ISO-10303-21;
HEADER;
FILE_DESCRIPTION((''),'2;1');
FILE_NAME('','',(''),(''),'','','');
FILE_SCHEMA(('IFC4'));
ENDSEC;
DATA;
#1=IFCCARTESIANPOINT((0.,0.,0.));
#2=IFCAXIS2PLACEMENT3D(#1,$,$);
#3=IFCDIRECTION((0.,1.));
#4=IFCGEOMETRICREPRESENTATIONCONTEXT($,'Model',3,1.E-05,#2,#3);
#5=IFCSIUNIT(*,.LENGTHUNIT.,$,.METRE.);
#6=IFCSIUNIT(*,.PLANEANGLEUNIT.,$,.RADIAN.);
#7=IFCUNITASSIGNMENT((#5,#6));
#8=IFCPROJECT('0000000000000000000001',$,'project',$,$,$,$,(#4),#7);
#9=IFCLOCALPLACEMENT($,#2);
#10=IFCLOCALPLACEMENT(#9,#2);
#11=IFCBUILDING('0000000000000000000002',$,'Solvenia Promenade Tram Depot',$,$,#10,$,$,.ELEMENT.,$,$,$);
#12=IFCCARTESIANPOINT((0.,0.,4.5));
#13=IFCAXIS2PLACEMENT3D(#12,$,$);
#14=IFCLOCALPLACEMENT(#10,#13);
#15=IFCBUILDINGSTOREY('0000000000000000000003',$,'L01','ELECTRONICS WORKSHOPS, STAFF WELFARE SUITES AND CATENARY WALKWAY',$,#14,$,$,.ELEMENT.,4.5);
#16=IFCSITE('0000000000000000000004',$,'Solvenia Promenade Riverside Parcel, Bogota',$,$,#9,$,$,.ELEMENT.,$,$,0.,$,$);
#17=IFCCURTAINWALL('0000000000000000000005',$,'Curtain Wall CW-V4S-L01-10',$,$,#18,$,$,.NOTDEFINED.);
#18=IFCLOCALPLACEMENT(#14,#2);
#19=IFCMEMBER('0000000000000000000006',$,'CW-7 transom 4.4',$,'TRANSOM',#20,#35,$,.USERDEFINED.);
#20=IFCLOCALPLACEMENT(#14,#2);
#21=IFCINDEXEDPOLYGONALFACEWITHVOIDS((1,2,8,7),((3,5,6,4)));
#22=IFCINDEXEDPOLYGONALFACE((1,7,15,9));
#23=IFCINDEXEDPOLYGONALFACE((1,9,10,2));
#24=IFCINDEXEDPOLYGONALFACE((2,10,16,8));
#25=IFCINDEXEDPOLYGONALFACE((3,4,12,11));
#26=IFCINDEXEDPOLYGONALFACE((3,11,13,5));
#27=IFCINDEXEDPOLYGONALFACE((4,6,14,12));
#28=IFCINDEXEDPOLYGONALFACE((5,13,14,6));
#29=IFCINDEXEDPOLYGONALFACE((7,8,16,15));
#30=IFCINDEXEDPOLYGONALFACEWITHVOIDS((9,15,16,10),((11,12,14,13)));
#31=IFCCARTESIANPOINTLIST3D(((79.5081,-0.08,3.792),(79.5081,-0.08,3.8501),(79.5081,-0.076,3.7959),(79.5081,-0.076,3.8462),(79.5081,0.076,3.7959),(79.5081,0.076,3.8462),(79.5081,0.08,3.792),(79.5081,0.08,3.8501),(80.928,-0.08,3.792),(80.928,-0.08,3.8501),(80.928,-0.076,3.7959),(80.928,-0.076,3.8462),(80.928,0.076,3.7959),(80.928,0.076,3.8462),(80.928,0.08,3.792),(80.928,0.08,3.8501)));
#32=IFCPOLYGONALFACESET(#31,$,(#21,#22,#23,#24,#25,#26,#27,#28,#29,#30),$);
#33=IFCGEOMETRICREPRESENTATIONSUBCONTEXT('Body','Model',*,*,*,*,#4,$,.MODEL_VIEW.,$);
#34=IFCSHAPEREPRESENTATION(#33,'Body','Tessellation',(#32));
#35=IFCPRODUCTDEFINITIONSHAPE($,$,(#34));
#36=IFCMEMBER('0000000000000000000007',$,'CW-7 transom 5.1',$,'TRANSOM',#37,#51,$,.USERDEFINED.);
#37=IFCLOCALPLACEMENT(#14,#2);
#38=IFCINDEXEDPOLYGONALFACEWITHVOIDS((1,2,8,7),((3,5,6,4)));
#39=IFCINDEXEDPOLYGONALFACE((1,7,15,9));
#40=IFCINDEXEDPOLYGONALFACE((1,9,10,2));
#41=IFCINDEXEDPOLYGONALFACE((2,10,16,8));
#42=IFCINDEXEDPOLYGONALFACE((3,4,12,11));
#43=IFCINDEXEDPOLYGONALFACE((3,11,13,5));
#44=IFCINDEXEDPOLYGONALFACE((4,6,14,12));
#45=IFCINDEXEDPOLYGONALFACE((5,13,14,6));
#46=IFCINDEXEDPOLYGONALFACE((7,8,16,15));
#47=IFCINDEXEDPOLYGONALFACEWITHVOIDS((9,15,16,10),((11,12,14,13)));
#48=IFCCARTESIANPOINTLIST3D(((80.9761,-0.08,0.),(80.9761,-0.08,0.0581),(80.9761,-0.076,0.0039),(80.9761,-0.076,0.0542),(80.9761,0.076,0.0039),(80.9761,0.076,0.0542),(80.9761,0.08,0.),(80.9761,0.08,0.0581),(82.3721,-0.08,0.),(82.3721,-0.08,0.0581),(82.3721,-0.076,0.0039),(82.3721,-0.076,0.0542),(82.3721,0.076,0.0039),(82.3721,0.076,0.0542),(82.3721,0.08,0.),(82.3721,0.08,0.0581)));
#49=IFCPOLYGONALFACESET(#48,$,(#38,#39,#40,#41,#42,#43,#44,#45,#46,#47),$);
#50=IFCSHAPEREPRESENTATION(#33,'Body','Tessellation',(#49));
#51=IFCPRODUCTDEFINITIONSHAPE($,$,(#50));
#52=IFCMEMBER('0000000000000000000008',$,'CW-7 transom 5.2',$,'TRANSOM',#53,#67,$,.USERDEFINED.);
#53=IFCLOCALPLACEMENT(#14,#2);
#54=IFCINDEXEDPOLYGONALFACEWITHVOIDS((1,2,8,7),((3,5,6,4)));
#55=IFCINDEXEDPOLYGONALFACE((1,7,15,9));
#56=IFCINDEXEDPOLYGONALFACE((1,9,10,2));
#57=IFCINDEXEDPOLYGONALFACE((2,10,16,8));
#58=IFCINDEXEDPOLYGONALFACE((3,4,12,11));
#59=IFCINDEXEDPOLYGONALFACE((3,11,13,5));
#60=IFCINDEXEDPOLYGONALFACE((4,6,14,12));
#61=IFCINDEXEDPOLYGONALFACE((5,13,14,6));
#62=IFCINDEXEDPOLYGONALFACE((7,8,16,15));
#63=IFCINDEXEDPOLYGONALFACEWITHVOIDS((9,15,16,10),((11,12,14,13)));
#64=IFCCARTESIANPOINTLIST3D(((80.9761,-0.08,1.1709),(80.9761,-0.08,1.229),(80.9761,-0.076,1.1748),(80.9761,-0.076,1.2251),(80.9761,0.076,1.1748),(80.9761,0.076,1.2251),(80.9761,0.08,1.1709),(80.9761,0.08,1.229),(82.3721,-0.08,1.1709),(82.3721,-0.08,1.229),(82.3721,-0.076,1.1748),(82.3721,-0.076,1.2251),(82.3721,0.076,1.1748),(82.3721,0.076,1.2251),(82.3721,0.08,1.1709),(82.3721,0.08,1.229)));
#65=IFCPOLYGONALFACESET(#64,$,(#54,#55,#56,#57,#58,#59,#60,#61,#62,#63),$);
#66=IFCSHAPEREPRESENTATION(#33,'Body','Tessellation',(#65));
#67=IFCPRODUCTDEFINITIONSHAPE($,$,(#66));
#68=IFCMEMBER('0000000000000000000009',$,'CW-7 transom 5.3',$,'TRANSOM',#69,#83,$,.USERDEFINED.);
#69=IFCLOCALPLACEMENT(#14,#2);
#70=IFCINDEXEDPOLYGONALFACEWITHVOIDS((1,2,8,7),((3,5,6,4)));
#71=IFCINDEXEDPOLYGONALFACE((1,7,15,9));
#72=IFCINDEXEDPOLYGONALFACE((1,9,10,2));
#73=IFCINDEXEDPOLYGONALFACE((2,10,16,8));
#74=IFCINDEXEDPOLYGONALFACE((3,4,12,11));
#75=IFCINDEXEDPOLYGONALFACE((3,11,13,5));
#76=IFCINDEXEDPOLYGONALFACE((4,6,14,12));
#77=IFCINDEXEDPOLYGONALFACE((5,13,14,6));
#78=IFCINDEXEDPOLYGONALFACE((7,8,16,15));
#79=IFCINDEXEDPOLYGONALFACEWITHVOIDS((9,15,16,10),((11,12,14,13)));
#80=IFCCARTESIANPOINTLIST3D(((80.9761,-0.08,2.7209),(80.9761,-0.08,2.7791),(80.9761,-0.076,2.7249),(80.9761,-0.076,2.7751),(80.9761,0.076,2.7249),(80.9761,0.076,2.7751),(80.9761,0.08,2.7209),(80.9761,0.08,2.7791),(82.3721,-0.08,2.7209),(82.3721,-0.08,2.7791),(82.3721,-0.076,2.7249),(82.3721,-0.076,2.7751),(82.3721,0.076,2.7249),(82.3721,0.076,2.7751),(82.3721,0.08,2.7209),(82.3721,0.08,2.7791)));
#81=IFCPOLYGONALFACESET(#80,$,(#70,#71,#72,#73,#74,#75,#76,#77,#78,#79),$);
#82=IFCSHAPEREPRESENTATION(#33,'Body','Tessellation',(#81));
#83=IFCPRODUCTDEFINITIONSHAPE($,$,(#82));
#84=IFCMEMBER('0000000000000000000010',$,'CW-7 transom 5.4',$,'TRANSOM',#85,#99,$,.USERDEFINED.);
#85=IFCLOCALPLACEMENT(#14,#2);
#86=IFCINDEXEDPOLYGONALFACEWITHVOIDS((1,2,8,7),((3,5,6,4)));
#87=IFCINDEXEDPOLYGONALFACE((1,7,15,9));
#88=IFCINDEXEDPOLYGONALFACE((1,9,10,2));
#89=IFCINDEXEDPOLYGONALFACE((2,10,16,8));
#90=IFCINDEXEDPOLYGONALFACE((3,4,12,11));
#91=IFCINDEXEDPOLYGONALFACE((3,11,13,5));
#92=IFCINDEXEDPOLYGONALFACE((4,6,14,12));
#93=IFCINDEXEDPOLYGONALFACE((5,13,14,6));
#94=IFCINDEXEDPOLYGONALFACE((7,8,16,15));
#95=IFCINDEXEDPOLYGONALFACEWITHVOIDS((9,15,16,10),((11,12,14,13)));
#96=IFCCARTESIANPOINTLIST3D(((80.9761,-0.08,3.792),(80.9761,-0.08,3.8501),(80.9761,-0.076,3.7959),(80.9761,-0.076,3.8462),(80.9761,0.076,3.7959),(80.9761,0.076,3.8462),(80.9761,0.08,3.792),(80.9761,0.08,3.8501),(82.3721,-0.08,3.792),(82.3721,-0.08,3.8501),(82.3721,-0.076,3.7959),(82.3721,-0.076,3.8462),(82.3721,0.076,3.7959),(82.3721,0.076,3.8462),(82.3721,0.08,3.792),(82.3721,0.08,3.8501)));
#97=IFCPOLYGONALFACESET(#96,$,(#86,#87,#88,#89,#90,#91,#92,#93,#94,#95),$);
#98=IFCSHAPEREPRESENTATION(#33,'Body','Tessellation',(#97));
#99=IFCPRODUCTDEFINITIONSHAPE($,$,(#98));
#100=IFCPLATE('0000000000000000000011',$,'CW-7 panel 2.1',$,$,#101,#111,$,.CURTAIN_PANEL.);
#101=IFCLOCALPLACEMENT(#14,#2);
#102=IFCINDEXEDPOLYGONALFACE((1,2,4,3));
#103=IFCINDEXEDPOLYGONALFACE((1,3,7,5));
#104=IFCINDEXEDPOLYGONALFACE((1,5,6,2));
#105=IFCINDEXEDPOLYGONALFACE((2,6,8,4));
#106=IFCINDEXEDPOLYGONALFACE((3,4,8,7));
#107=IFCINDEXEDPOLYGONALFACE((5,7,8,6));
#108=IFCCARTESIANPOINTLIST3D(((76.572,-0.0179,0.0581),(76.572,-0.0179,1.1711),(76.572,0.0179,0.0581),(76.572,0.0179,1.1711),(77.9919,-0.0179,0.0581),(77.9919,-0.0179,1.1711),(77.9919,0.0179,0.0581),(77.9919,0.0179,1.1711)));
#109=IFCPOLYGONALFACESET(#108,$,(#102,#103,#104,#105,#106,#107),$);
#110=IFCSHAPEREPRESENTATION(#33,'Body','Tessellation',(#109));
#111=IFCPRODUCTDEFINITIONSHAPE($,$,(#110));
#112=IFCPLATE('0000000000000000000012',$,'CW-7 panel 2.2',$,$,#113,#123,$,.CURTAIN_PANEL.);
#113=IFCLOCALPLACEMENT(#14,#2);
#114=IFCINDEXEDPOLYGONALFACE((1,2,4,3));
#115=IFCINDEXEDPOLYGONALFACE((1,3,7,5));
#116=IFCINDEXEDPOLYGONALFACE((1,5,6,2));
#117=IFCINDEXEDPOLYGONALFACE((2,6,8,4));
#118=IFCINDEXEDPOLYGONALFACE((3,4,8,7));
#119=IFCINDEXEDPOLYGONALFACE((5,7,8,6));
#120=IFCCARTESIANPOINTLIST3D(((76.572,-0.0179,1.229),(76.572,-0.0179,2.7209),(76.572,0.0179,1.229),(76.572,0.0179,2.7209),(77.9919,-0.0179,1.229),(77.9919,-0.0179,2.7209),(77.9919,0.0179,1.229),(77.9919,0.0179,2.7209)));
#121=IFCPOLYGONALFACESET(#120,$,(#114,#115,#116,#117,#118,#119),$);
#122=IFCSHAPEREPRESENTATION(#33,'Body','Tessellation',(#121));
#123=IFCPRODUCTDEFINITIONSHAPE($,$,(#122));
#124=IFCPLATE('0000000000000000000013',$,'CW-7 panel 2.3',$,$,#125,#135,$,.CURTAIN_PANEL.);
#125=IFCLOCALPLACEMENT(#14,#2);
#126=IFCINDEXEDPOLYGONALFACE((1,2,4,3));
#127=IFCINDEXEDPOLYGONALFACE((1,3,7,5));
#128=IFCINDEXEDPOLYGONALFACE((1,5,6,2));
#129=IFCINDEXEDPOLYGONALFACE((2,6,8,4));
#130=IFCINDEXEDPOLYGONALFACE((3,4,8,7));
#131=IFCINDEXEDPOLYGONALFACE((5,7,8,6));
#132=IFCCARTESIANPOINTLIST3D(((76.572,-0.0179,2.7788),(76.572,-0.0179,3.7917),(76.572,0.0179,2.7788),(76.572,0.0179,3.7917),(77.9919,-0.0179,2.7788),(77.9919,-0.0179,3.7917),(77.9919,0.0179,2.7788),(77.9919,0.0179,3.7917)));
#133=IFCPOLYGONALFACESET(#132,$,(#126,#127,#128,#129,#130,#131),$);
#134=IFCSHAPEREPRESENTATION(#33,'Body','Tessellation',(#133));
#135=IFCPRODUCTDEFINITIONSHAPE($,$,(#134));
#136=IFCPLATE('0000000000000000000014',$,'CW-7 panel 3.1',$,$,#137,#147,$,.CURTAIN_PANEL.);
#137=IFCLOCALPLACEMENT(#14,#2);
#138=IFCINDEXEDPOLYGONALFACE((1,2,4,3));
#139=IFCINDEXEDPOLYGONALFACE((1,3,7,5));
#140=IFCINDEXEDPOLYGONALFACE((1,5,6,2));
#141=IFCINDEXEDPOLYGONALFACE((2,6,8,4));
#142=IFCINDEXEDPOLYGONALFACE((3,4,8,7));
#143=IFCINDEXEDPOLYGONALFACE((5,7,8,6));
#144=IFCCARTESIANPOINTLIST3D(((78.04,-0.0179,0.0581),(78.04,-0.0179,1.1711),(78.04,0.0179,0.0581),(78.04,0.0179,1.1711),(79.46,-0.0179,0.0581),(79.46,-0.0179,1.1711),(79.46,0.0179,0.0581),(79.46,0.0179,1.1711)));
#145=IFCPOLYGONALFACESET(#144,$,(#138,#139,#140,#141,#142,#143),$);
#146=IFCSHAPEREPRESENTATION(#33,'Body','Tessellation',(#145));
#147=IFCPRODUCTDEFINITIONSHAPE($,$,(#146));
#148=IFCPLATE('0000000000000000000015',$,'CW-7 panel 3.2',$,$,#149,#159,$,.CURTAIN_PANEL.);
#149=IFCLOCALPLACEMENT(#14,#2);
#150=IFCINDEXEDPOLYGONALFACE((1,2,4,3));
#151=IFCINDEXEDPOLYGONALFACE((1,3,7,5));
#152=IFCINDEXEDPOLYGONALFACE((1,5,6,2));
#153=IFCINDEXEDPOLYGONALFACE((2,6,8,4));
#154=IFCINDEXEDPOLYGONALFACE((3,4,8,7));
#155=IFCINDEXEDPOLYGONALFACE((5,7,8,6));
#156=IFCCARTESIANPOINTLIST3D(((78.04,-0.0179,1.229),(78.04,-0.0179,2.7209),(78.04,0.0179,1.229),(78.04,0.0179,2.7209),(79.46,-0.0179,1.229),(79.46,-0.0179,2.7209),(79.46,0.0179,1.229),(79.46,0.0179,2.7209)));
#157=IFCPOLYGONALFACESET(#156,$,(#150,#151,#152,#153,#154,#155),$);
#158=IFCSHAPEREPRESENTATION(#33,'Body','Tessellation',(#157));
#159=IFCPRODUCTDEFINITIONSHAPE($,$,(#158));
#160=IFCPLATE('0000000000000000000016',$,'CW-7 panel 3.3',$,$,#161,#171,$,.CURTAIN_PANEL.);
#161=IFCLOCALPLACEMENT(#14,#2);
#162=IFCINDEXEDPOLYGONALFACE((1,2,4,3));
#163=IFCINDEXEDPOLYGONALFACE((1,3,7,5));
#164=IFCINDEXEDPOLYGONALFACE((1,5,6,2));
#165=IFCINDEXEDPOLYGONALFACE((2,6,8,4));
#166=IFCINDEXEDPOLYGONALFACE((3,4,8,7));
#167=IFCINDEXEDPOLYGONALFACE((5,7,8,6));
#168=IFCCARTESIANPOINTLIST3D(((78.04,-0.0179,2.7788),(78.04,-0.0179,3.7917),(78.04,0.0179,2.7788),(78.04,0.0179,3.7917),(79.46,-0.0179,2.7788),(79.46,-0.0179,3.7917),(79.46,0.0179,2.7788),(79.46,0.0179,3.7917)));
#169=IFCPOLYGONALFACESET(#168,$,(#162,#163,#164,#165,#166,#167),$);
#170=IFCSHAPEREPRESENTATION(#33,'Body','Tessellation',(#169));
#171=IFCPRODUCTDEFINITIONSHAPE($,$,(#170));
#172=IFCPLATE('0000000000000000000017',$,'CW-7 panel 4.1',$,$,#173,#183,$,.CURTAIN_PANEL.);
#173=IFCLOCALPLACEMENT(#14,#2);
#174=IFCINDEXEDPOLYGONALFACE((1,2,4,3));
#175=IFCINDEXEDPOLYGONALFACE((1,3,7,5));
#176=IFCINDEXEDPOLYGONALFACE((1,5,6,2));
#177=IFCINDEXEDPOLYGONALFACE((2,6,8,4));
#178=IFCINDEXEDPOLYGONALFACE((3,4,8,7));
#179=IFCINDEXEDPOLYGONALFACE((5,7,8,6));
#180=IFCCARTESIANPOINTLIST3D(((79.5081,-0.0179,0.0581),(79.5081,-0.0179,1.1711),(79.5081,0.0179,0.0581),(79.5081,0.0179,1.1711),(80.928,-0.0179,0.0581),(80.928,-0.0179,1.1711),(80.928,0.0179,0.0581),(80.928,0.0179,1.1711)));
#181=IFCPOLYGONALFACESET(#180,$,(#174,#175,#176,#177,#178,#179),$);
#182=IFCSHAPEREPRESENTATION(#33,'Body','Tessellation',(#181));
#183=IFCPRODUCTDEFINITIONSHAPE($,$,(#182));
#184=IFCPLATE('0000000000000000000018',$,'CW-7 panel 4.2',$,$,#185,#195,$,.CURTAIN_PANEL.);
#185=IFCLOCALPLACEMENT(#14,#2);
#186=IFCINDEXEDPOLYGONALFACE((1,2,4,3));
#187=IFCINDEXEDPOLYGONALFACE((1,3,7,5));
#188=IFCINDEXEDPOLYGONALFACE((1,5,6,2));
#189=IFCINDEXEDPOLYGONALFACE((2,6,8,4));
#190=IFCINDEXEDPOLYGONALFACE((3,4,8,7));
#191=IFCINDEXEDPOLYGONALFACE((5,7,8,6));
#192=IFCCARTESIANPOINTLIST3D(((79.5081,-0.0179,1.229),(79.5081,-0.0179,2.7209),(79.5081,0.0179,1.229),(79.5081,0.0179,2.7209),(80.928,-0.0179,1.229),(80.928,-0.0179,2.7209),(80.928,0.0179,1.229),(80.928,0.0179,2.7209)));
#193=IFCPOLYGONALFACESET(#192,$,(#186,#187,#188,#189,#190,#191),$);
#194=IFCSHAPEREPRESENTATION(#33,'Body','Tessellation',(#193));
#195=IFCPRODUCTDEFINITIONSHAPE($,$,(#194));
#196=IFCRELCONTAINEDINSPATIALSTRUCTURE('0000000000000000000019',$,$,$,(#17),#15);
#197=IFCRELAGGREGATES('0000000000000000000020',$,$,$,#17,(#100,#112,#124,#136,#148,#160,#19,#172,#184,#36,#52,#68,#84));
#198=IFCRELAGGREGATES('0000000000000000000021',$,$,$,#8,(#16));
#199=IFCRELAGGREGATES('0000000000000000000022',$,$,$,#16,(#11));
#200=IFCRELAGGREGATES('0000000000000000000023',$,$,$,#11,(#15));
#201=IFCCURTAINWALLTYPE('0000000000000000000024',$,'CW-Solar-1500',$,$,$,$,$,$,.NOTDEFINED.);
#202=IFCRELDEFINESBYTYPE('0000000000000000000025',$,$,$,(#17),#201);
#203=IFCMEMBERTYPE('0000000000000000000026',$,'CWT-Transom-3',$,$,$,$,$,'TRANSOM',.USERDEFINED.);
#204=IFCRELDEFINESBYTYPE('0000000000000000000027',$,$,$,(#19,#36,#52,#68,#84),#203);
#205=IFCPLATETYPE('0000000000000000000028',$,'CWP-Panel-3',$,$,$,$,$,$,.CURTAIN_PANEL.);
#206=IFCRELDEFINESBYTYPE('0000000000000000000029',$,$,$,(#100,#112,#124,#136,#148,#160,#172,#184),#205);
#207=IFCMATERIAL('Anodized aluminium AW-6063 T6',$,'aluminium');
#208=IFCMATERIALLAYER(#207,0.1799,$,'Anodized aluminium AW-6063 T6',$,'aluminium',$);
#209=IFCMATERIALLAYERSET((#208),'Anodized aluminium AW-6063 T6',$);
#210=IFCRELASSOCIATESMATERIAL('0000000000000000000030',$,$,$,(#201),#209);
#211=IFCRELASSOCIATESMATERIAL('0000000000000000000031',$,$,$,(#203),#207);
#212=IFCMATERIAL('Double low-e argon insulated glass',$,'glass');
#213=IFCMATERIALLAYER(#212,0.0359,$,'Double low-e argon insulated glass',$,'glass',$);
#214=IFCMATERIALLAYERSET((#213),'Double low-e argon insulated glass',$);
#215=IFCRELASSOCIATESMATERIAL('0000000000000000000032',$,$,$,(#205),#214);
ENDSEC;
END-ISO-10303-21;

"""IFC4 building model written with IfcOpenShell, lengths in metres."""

from ifc_helpers import new_model, si_unit, direction, frame, origin, origin_2d, place, context, subcontext, project, spatial, rectangle, hollow_rectangle, extrude, material, layer, layer_set, material_profile, profile_set, type_object, element, aggregate, save


model = new_model("IFC4")

# Units and contexts
model_context = context("Model", 3, precision=1e-05, world=origin(), true_north=direction((0.0, 1.0)))
body_context = subcontext(model_context, "Body", "Model", "MODEL_VIEW")
ifc_project = project(units=[si_unit("LENGTHUNIT", "METRE"), si_unit("PLANEANGLEUNIT", "RADIAN")], contexts=[model_context])

# Site, building, storey
site_placement = place(None, origin())
site = spatial("IfcSite", under=ifc_project, at=site_placement, Name="Solvenia Promenade Riverside Parcel, Bogota", CompositionType="ELEMENT", RefElevation=0.0)
building_placement = place(site_placement, origin())
building = spatial("IfcBuilding", under=site, at=building_placement, Name="Solvenia Promenade Tram Depot", CompositionType="ELEMENT")
storey_placement = place(building_placement, frame((0.0, 0.0, 4.5)))
storey = spatial("IfcBuildingStorey", under=building, at=storey_placement, Name="L01", Description="ELECTRONICS WORKSHOPS, STAFF WELFARE SUITES AND CATENARY WALKWAY", CompositionType="ELEMENT", Elevation=4.5)

# Curtain wall, members, plates
ifc_material_1 = material(Name="Anodized aluminium AW-6063 T6", Category="aluminium")
ifc_layer_1 = layer(ifc_material_1, 0.1799, Name="Anodized aluminium AW-6063 T6", Category="aluminium")
ifc_layer_set_1 = layer_set([ifc_layer_1], Name="Anodized aluminium AW-6063 T6")
curtain_wall_type = type_object("IfcCurtainWallType", Name="CW-Solar-1500", PredefinedType="NOTDEFINED", material=ifc_layer_set_1)
curtain_wall_placement = place(storey_placement, origin())
curtain_wall = element("IfcCurtainWall", 1, at=curtain_wall_placement, inside=storey, type_object=curtain_wall_type, Name="Curtain Wall CW-V4S-L01-10", PredefinedType="NOTDEFINED")
ifc_material_profile_1 = material_profile(ifc_material_1, hollow_rectangle(XDim=0.1599, YDim=0.0581, WallThickness=0.0039, at=origin_2d()), Name="ALU-T3", Category="aluminium")
ifc_profile_set_1 = profile_set([ifc_material_profile_1], Name="Anodized aluminium AW-6063 T6")
member_type_1 = type_object("IfcMemberType", Name="CWT-Transom-3", ElementType="TRANSOM", PredefinedType="USERDEFINED", material=ifc_profile_set_1)
member_1_placement = place(storey_placement, frame((79.5081, 0.0, 3.821), z_axis=(1.0, 0.0, 0.0), x_axis=(0.0, 1.0, 0.0)))
member_1 = element("IfcMember", 2, at=member_1_placement, type_object=member_type_1, Name="CW-7 transom 4.4", ObjectType="TRANSOM", PredefinedType="USERDEFINED", context=body_context, shape_type="SweptSolid", body=[
    extrude(hollow_rectangle(XDim=0.1599, YDim=0.0581, WallThickness=0.0039, at=origin_2d()), origin(), (0.0, 0.0, 1.0), 1.4199),
])
member_2_placement = place(storey_placement, frame((80.9761, 0.0, 0.0291), z_axis=(1.0, 0.0, 0.0), x_axis=(0.0, 1.0, 0.0)))
member_2 = element("IfcMember", 3, at=member_2_placement, type_object=member_type_1, Name="CW-7 transom 5.1", ObjectType="TRANSOM", PredefinedType="USERDEFINED", context=body_context, shape_type="SweptSolid", body=[
    extrude(hollow_rectangle(XDim=0.1599, YDim=0.0581, WallThickness=0.0039, at=origin_2d()), origin(), (0.0, 0.0, 1.0), 1.396),
])
member_3_placement = place(storey_placement, frame((80.9761, 0.0, 1.2), z_axis=(1.0, 0.0, 0.0), x_axis=(0.0, 1.0, 0.0)))
member_3 = element("IfcMember", 4, at=member_3_placement, type_object=member_type_1, Name="CW-7 transom 5.2", ObjectType="TRANSOM", PredefinedType="USERDEFINED", context=body_context, shape_type="SweptSolid", body=[
    extrude(hollow_rectangle(XDim=0.1599, YDim=0.0581, WallThickness=0.0039, at=origin_2d()), origin(), (0.0, 0.0, 1.0), 1.396),
])
member_4_placement = place(storey_placement, frame((80.9761, 0.0, 2.75), z_axis=(1.0, 0.0, 0.0), x_axis=(0.0, 1.0, 0.0)))
member_4 = element("IfcMember", 5, at=member_4_placement, type_object=member_type_1, Name="CW-7 transom 5.3", ObjectType="TRANSOM", PredefinedType="USERDEFINED", context=body_context, shape_type="SweptSolid", body=[
    extrude(hollow_rectangle(XDim=0.1599, YDim=0.0581, WallThickness=0.0039, at=origin_2d()), origin(), (0.0, 0.0, 1.0), 1.396),
])
member_5_placement = place(storey_placement, frame((80.9761, 0.0, 3.821), z_axis=(1.0, 0.0, 0.0), x_axis=(0.0, 1.0, 0.0)))
member_5 = element("IfcMember", 6, at=member_5_placement, type_object=member_type_1, Name="CW-7 transom 5.4", ObjectType="TRANSOM", PredefinedType="USERDEFINED", context=body_context, shape_type="SweptSolid", body=[
    extrude(hollow_rectangle(XDim=0.1599, YDim=0.0581, WallThickness=0.0039, at=origin_2d()), origin(), (0.0, 0.0, 1.0), 1.396),
])
ifc_material_2 = material(Name="Double low-e argon insulated glass", Category="glass")
ifc_layer_2 = layer(ifc_material_2, 0.0359, Name="Double low-e argon insulated glass", Category="glass")
ifc_layer_set_2 = layer_set([ifc_layer_2], Name="Double low-e argon insulated glass")
plate_type = type_object("IfcPlateType", Name="CWP-Panel-3", PredefinedType="CURTAIN_PANEL", material=ifc_layer_set_2)
plate_1_placement = place(storey_placement, frame((77.282, 0.0, 0.0581), z_axis=(0.0, 0.0, 1.0), x_axis=(1.0, 0.0, 0.0)))
plate_1 = element("IfcPlate", 7, at=plate_1_placement, type_object=plate_type, Name="CW-7 panel 2.1", PredefinedType="CURTAIN_PANEL", context=body_context, shape_type="SweptSolid", body=[
    extrude(rectangle(XDim=1.4199, YDim=0.0359, at=origin_2d()), origin(), (0.0, 0.0, 1.0), 1.113),
])
plate_2_placement = place(storey_placement, frame((77.282, 0.0, 1.229), z_axis=(0.0, 0.0, 1.0), x_axis=(1.0, 0.0, 0.0)))
plate_2 = element("IfcPlate", 8, at=plate_2_placement, type_object=plate_type, Name="CW-7 panel 2.2", PredefinedType="CURTAIN_PANEL", context=body_context, shape_type="SweptSolid", body=[
    extrude(rectangle(XDim=1.4199, YDim=0.0359, at=origin_2d()), origin(), (0.0, 0.0, 1.0), 1.4919),
])
plate_3_placement = place(storey_placement, frame((77.282, 0.0, 2.7788), z_axis=(0.0, 0.0, 1.0), x_axis=(1.0, 0.0, 0.0)))
plate_3 = element("IfcPlate", 9, at=plate_3_placement, type_object=plate_type, Name="CW-7 panel 2.3", PredefinedType="CURTAIN_PANEL", context=body_context, shape_type="SweptSolid", body=[
    extrude(rectangle(XDim=1.4199, YDim=0.0359, at=origin_2d()), origin(), (0.0, 0.0, 1.0), 1.0129),
])
plate_4_placement = place(storey_placement, frame((78.75, 0.0, 0.0581), z_axis=(0.0, 0.0, 1.0), x_axis=(1.0, 0.0, 0.0)))
plate_4 = element("IfcPlate", 10, at=plate_4_placement, type_object=plate_type, Name="CW-7 panel 3.1", PredefinedType="CURTAIN_PANEL", context=body_context, shape_type="SweptSolid", body=[
    extrude(rectangle(XDim=1.4199, YDim=0.0359, at=origin_2d()), origin(), (0.0, 0.0, 1.0), 1.113),
])
plate_5_placement = place(storey_placement, frame((78.75, 0.0, 1.229), z_axis=(0.0, 0.0, 1.0), x_axis=(1.0, 0.0, 0.0)))
plate_5 = element("IfcPlate", 11, at=plate_5_placement, type_object=plate_type, Name="CW-7 panel 3.2", PredefinedType="CURTAIN_PANEL", context=body_context, shape_type="SweptSolid", body=[
    extrude(rectangle(XDim=1.4199, YDim=0.0359, at=origin_2d()), origin(), (0.0, 0.0, 1.0), 1.4919),
])
plate_6_placement = place(storey_placement, frame((78.75, 0.0, 2.7788), z_axis=(0.0, 0.0, 1.0), x_axis=(1.0, 0.0, 0.0)))
plate_6 = element("IfcPlate", 12, at=plate_6_placement, type_object=plate_type, Name="CW-7 panel 3.3", PredefinedType="CURTAIN_PANEL", context=body_context, shape_type="SweptSolid", body=[
    extrude(rectangle(XDim=1.4199, YDim=0.0359, at=origin_2d()), origin(), (0.0, 0.0, 1.0), 1.0129),
])
plate_7_placement = place(storey_placement, frame((80.218, 0.0, 0.0581), z_axis=(0.0, 0.0, 1.0), x_axis=(1.0, 0.0, 0.0)))
plate_7 = element("IfcPlate", 13, at=plate_7_placement, type_object=plate_type, Name="CW-7 panel 4.1", PredefinedType="CURTAIN_PANEL", context=body_context, shape_type="SweptSolid", body=[
    extrude(rectangle(XDim=1.4199, YDim=0.0359, at=origin_2d()), origin(), (0.0, 0.0, 1.0), 1.113),
])
plate_8_placement = place(storey_placement, frame((80.218, 0.0, 1.229), z_axis=(0.0, 0.0, 1.0), x_axis=(1.0, 0.0, 0.0)))
plate_8 = element("IfcPlate", 14, at=plate_8_placement, type_object=plate_type, Name="CW-7 panel 4.2", PredefinedType="CURTAIN_PANEL", context=body_context, shape_type="SweptSolid", body=[
    extrude(rectangle(XDim=1.4199, YDim=0.0359, at=origin_2d()), origin(), (0.0, 0.0, 1.0), 1.4919),
])
aggregate(curtain_wall, [plate_1, plate_2, plate_3, plate_4, plate_5, plate_6, member_1, plate_7, plate_8, member_2, member_3, member_4, member_5])

save(model, "model.ifc")
